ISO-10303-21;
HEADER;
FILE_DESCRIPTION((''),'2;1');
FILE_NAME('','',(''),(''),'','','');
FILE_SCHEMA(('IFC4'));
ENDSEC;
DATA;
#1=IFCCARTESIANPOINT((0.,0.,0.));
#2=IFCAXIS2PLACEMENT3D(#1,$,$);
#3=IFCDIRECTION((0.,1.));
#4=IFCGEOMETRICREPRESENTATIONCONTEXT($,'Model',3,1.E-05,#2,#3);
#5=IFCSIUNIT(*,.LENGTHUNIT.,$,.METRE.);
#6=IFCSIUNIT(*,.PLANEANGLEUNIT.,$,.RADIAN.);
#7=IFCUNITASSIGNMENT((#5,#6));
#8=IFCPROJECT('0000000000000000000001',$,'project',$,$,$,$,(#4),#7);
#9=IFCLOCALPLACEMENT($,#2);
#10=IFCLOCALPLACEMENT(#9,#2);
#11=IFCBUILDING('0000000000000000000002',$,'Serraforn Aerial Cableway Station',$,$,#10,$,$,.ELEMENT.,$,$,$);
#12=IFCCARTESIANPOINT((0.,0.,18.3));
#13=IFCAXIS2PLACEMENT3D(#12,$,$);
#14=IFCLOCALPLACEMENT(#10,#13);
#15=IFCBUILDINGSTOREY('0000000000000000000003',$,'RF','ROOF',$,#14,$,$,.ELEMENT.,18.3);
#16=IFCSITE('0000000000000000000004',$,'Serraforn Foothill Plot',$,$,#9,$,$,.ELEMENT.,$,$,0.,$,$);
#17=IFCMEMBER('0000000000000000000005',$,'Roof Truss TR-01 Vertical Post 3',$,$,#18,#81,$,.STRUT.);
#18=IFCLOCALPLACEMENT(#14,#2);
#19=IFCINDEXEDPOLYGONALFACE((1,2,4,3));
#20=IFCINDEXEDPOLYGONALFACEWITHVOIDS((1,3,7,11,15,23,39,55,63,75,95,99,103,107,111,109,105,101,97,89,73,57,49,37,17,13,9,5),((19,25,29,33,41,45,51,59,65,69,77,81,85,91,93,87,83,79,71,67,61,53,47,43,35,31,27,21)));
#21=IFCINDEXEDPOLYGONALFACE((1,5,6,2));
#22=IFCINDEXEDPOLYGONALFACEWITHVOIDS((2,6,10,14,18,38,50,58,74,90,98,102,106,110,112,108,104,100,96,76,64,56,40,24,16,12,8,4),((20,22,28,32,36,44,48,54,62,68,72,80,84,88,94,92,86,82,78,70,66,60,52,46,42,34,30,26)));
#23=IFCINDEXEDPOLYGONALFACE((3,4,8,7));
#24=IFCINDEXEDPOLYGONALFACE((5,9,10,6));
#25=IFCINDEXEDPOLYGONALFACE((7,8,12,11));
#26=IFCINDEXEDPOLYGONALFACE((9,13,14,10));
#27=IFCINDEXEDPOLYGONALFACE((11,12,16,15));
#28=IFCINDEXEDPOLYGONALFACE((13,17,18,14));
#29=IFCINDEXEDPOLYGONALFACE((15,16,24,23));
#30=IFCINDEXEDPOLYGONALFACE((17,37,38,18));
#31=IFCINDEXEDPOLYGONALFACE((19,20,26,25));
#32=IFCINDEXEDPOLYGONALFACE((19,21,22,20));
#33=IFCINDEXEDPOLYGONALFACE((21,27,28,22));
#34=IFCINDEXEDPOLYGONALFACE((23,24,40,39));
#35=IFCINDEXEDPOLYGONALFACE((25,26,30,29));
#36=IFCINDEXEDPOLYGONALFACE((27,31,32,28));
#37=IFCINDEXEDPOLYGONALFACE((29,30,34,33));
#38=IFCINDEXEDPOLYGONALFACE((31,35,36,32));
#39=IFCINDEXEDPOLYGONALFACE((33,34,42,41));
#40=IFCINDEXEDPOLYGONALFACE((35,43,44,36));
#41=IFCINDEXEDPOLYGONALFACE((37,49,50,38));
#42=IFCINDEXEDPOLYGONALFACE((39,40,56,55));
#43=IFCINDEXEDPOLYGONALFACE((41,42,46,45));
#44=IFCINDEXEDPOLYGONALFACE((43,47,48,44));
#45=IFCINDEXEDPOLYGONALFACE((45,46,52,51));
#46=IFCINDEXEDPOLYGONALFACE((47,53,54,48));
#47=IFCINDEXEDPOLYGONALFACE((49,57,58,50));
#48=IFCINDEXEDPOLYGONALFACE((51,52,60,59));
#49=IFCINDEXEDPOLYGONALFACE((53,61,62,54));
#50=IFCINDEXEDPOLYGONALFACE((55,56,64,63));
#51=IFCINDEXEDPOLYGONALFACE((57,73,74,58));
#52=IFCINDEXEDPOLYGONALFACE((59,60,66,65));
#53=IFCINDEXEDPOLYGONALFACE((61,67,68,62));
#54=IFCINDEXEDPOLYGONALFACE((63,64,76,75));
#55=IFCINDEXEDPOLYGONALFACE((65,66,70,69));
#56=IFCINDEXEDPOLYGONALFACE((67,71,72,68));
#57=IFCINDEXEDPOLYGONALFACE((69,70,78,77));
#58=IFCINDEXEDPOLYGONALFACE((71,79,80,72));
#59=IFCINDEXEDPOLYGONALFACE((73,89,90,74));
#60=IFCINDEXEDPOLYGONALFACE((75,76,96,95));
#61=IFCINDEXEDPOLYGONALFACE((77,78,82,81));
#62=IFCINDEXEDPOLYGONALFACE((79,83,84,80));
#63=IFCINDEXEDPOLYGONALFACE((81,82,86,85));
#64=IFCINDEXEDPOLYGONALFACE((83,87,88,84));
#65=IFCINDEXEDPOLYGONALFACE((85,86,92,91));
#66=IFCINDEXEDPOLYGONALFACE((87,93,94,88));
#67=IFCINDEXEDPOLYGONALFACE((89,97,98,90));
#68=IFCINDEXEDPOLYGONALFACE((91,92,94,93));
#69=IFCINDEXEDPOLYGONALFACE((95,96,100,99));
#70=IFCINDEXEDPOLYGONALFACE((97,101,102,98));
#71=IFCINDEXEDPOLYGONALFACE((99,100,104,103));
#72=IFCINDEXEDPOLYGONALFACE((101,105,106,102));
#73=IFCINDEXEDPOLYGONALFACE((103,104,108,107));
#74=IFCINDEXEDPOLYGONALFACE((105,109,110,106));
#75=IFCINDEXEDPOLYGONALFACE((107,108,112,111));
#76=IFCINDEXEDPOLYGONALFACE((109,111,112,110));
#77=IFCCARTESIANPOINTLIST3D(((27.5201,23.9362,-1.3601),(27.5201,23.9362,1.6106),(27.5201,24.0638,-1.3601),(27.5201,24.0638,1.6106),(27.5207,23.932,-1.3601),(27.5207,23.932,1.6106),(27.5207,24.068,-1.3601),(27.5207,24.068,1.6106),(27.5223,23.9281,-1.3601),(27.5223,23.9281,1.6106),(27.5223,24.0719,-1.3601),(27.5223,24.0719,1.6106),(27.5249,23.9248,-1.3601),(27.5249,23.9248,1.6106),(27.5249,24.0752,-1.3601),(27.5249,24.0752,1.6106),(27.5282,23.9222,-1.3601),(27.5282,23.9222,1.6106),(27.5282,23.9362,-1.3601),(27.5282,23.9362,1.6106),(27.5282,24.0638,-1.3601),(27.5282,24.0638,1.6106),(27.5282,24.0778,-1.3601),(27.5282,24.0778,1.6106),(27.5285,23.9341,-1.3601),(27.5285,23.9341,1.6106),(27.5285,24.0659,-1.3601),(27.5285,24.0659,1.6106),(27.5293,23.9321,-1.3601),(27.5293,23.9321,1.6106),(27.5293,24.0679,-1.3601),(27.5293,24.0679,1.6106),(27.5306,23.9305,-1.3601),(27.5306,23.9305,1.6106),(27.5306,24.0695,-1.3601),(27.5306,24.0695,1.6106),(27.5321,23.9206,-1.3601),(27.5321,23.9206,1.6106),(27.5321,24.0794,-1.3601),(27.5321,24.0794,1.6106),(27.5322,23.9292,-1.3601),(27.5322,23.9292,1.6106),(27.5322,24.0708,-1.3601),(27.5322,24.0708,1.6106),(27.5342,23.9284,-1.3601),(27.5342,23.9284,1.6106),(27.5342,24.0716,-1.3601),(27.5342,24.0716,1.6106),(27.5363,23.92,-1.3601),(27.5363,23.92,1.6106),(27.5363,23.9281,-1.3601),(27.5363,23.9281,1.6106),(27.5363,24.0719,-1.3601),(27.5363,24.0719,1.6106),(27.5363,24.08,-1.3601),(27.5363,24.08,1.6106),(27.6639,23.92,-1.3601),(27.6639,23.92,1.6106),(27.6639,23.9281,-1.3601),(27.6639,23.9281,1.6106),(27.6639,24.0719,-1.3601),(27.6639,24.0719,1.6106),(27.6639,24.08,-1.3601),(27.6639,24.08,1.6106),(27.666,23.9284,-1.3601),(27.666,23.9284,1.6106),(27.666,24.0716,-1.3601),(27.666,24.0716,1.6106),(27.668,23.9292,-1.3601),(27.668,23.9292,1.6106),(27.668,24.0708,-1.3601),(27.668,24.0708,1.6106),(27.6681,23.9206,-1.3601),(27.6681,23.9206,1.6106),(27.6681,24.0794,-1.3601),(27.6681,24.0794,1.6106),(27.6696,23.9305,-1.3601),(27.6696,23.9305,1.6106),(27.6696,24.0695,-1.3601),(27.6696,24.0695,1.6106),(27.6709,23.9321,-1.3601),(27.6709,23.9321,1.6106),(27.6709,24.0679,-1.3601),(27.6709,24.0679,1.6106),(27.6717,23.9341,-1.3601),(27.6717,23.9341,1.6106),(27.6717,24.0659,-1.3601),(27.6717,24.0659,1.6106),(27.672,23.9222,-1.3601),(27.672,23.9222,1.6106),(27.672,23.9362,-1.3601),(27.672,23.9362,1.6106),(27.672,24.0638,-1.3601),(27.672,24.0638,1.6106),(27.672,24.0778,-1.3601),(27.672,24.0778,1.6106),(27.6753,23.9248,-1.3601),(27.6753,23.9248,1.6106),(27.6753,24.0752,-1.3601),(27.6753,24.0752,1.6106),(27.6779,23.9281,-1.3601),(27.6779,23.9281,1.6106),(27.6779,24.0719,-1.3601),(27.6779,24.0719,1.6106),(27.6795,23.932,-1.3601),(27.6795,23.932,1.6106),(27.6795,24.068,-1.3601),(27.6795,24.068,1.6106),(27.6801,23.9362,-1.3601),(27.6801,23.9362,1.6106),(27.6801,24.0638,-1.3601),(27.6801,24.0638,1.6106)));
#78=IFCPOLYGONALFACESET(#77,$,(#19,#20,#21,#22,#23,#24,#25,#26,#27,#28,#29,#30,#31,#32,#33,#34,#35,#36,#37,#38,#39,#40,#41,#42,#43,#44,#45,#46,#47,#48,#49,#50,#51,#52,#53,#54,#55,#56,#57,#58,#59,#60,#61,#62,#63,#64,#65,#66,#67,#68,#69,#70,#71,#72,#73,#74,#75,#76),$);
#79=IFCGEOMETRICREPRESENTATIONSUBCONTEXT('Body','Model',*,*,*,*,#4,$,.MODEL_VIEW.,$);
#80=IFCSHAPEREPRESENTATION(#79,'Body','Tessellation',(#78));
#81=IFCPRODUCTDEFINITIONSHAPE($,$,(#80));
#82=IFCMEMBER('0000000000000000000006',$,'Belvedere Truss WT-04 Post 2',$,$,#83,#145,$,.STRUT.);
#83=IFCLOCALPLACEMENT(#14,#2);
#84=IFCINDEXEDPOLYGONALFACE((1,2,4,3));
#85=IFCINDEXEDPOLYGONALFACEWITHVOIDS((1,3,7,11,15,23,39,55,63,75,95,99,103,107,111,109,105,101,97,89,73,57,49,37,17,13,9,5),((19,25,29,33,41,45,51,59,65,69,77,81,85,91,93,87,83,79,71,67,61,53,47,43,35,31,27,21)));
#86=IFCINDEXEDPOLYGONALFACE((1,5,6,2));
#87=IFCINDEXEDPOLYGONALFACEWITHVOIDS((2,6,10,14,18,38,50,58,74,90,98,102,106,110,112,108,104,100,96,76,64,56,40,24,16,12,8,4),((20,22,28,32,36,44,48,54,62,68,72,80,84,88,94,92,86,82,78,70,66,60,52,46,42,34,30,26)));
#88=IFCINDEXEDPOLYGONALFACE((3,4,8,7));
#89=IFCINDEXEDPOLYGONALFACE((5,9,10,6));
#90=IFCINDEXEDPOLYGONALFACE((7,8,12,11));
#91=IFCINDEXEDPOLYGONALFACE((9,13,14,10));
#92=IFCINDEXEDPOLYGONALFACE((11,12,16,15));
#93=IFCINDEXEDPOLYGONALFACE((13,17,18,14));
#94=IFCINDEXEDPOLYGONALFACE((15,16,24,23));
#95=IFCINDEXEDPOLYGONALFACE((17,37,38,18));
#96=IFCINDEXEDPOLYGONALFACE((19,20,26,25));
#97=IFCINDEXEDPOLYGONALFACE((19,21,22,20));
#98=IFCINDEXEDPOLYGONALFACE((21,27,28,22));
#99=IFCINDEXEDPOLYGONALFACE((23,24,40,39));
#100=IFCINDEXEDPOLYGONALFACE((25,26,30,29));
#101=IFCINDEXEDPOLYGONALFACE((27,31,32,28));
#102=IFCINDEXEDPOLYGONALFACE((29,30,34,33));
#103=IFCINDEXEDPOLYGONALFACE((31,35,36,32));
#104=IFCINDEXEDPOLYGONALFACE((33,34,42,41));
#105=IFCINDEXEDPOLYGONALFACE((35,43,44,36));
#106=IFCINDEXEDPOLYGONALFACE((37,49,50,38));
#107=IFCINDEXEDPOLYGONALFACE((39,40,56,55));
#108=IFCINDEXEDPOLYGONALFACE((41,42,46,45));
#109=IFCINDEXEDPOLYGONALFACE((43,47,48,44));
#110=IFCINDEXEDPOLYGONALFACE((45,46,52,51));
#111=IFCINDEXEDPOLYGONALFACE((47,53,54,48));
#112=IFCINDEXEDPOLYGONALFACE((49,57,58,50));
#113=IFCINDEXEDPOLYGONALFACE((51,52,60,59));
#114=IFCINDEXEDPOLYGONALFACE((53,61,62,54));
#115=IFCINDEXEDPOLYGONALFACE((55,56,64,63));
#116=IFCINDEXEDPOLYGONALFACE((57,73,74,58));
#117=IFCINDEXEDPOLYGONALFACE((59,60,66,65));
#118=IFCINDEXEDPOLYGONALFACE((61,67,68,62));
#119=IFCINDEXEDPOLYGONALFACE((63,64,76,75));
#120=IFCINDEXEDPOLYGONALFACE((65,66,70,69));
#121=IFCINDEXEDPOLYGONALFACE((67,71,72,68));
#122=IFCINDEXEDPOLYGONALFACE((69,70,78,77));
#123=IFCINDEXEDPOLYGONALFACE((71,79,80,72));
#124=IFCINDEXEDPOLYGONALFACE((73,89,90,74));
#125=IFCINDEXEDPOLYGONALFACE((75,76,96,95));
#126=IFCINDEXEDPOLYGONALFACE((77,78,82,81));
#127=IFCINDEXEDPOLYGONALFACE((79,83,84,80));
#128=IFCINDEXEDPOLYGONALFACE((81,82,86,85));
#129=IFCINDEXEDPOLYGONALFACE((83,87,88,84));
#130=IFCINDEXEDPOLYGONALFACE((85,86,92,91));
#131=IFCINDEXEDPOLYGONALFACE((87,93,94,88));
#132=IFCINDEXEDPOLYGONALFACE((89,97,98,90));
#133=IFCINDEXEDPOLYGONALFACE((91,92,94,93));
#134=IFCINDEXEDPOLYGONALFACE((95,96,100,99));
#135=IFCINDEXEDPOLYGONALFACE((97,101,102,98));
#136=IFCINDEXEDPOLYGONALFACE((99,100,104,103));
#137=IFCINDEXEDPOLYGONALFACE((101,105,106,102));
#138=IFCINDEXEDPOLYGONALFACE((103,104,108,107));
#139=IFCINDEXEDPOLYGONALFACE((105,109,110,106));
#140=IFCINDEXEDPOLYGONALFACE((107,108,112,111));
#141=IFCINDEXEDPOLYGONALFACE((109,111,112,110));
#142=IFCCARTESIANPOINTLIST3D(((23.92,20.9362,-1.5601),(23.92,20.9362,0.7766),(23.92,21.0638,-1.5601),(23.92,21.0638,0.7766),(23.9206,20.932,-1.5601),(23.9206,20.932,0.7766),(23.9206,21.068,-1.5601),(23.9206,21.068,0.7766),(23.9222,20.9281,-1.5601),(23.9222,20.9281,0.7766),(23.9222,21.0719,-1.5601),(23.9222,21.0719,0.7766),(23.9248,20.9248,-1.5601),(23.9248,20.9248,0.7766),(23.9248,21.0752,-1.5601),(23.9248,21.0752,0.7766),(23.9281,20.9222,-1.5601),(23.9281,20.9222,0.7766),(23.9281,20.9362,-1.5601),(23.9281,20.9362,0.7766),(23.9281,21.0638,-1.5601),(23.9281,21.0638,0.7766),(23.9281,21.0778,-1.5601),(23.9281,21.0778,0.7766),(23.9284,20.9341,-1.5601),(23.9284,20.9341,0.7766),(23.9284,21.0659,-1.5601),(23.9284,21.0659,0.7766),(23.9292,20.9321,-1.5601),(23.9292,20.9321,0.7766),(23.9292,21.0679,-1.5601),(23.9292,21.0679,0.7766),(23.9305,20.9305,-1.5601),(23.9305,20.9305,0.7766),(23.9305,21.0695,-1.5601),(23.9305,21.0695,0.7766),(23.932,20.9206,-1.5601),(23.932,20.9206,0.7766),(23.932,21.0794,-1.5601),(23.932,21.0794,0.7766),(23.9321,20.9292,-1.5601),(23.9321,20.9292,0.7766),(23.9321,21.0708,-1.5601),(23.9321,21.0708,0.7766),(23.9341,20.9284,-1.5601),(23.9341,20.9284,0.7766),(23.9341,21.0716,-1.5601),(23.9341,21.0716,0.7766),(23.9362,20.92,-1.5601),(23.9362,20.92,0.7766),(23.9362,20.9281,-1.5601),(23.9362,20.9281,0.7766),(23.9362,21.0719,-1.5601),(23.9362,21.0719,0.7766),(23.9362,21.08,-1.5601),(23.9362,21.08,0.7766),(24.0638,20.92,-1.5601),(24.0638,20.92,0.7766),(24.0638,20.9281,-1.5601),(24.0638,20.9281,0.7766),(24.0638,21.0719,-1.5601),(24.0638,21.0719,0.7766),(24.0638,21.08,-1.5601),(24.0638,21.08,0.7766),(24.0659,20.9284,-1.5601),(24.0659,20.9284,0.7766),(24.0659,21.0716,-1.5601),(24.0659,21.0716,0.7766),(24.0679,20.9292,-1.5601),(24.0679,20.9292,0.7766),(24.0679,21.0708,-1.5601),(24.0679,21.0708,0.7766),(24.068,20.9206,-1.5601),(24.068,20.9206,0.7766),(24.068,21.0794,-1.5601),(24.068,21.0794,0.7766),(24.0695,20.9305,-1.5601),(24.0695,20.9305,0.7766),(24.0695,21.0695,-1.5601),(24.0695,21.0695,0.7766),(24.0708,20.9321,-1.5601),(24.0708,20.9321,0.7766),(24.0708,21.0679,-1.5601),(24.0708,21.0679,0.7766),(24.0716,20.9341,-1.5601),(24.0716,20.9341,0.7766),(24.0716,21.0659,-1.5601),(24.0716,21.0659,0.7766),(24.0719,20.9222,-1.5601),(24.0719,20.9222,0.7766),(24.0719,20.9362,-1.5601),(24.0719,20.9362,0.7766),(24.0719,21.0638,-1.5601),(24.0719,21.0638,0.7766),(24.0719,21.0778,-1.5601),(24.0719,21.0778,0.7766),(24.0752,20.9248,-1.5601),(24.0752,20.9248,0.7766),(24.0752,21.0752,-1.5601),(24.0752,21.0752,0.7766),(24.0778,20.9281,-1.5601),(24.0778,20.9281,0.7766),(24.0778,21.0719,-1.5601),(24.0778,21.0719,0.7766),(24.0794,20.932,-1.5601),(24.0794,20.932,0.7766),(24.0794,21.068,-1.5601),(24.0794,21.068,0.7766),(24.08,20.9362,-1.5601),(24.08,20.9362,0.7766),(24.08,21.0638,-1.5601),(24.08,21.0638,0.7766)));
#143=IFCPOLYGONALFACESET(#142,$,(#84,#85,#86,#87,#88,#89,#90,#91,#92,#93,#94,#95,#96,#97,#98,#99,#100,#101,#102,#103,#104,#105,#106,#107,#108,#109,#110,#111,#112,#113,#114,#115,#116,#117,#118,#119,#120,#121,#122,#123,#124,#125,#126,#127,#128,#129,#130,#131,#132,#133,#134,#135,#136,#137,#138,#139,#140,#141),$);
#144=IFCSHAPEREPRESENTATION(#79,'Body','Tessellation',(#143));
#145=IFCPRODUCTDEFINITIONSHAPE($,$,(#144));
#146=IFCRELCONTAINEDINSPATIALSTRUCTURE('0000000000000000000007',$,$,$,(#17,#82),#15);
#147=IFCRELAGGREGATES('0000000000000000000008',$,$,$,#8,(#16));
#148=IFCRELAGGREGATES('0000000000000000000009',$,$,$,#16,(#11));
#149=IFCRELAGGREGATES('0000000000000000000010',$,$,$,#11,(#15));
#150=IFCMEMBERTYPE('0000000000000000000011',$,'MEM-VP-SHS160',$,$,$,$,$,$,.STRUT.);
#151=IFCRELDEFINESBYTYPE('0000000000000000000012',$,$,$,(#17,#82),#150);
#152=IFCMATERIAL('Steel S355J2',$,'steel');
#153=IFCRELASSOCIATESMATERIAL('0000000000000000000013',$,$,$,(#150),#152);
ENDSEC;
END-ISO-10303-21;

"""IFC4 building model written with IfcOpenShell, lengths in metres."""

from ifc_helpers import new_model, si_unit, direction, frame, origin, origin_2d, place, context, subcontext, project, spatial, hollow_rectangle, extrude, material, material_profile, profile_set, type_object, element, save


model = new_model("IFC4")

# Units and contexts
model_context = context("Model", 3, precision=1e-05, world=origin(), true_north=direction((0.0, 1.0)))
body_context = subcontext(model_context, "Body", "Model", "MODEL_VIEW")
ifc_project = project(units=[si_unit("LENGTHUNIT", "METRE"), si_unit("PLANEANGLEUNIT", "RADIAN")], contexts=[model_context])

# Site, building, storey
site_placement = place(None, origin())
site = spatial("IfcSite", under=ifc_project, at=site_placement, Name="Serraforn Foothill Plot", CompositionType="ELEMENT", RefElevation=0.0)
building_placement = place(site_placement, origin())
building = spatial("IfcBuilding", under=site, at=building_placement, Name="Serraforn Aerial Cableway Station", CompositionType="ELEMENT")
storey_placement = place(building_placement, frame((0.0, 0.0, 18.3)))
storey = spatial("IfcBuildingStorey", under=building, at=storey_placement, Name="RF", Description="ROOF", CompositionType="ELEMENT", Elevation=18.3)

# Shared definitions
ifc_material = material(Name="Steel S355J2", Category="steel")

# Members
ifc_material_profile_1 = material_profile(ifc_material, hollow_rectangle(XDim=0.1599, YDim=0.1599, WallThickness=0.0081, InnerFilletRadius=0.0081, OuterFilletRadius=0.0161, at=origin_2d()), Name="SHS 160x160x8.0")
ifc_profile_set_1 = profile_set([ifc_material_profile_1], Name="Steel S355J2")
member_type_1 = type_object("IfcMemberType", Name="MEM-VP-SHS160", PredefinedType="STRUT", material=ifc_profile_set_1)
member_1_placement = place(storey_placement, frame((27.6001, 24.0, -1.3601), z_axis=(0.0, 0.0, 1.0), x_axis=(1.0, 0.0, 0.0)))
element("IfcMember", 1, at=member_1_placement, inside=storey, type_object=member_type_1, Name="Roof Truss TR-01 Vertical Post 3", PredefinedType="STRUT", context=body_context, shape_type="SweptSolid", body=[
    extrude(hollow_rectangle(XDim=0.1599, YDim=0.1599, WallThickness=0.0081, InnerFilletRadius=0.0081, OuterFilletRadius=0.0161, at=origin_2d()), origin(), (0.0, 0.0, 1.0), 2.9707),
])
member_2_placement = place(storey_placement, frame((24.0, 21.0, -1.5601), z_axis=(0.0, 0.0, 1.0), x_axis=(1.0, 0.0, 0.0)))
element("IfcMember", 2, at=member_2_placement, inside=storey, type_object=member_type_1, Name="Belvedere Truss WT-04 Post 2", PredefinedType="STRUT", context=body_context, shape_type="SweptSolid", body=[
    extrude(hollow_rectangle(XDim=0.1599, YDim=0.1599, WallThickness=0.0081, InnerFilletRadius=0.0081, OuterFilletRadius=0.0161, at=origin_2d()), origin(), (0.0, 0.0, 1.0), 2.3367),
])

save(model, "model.ifc")
